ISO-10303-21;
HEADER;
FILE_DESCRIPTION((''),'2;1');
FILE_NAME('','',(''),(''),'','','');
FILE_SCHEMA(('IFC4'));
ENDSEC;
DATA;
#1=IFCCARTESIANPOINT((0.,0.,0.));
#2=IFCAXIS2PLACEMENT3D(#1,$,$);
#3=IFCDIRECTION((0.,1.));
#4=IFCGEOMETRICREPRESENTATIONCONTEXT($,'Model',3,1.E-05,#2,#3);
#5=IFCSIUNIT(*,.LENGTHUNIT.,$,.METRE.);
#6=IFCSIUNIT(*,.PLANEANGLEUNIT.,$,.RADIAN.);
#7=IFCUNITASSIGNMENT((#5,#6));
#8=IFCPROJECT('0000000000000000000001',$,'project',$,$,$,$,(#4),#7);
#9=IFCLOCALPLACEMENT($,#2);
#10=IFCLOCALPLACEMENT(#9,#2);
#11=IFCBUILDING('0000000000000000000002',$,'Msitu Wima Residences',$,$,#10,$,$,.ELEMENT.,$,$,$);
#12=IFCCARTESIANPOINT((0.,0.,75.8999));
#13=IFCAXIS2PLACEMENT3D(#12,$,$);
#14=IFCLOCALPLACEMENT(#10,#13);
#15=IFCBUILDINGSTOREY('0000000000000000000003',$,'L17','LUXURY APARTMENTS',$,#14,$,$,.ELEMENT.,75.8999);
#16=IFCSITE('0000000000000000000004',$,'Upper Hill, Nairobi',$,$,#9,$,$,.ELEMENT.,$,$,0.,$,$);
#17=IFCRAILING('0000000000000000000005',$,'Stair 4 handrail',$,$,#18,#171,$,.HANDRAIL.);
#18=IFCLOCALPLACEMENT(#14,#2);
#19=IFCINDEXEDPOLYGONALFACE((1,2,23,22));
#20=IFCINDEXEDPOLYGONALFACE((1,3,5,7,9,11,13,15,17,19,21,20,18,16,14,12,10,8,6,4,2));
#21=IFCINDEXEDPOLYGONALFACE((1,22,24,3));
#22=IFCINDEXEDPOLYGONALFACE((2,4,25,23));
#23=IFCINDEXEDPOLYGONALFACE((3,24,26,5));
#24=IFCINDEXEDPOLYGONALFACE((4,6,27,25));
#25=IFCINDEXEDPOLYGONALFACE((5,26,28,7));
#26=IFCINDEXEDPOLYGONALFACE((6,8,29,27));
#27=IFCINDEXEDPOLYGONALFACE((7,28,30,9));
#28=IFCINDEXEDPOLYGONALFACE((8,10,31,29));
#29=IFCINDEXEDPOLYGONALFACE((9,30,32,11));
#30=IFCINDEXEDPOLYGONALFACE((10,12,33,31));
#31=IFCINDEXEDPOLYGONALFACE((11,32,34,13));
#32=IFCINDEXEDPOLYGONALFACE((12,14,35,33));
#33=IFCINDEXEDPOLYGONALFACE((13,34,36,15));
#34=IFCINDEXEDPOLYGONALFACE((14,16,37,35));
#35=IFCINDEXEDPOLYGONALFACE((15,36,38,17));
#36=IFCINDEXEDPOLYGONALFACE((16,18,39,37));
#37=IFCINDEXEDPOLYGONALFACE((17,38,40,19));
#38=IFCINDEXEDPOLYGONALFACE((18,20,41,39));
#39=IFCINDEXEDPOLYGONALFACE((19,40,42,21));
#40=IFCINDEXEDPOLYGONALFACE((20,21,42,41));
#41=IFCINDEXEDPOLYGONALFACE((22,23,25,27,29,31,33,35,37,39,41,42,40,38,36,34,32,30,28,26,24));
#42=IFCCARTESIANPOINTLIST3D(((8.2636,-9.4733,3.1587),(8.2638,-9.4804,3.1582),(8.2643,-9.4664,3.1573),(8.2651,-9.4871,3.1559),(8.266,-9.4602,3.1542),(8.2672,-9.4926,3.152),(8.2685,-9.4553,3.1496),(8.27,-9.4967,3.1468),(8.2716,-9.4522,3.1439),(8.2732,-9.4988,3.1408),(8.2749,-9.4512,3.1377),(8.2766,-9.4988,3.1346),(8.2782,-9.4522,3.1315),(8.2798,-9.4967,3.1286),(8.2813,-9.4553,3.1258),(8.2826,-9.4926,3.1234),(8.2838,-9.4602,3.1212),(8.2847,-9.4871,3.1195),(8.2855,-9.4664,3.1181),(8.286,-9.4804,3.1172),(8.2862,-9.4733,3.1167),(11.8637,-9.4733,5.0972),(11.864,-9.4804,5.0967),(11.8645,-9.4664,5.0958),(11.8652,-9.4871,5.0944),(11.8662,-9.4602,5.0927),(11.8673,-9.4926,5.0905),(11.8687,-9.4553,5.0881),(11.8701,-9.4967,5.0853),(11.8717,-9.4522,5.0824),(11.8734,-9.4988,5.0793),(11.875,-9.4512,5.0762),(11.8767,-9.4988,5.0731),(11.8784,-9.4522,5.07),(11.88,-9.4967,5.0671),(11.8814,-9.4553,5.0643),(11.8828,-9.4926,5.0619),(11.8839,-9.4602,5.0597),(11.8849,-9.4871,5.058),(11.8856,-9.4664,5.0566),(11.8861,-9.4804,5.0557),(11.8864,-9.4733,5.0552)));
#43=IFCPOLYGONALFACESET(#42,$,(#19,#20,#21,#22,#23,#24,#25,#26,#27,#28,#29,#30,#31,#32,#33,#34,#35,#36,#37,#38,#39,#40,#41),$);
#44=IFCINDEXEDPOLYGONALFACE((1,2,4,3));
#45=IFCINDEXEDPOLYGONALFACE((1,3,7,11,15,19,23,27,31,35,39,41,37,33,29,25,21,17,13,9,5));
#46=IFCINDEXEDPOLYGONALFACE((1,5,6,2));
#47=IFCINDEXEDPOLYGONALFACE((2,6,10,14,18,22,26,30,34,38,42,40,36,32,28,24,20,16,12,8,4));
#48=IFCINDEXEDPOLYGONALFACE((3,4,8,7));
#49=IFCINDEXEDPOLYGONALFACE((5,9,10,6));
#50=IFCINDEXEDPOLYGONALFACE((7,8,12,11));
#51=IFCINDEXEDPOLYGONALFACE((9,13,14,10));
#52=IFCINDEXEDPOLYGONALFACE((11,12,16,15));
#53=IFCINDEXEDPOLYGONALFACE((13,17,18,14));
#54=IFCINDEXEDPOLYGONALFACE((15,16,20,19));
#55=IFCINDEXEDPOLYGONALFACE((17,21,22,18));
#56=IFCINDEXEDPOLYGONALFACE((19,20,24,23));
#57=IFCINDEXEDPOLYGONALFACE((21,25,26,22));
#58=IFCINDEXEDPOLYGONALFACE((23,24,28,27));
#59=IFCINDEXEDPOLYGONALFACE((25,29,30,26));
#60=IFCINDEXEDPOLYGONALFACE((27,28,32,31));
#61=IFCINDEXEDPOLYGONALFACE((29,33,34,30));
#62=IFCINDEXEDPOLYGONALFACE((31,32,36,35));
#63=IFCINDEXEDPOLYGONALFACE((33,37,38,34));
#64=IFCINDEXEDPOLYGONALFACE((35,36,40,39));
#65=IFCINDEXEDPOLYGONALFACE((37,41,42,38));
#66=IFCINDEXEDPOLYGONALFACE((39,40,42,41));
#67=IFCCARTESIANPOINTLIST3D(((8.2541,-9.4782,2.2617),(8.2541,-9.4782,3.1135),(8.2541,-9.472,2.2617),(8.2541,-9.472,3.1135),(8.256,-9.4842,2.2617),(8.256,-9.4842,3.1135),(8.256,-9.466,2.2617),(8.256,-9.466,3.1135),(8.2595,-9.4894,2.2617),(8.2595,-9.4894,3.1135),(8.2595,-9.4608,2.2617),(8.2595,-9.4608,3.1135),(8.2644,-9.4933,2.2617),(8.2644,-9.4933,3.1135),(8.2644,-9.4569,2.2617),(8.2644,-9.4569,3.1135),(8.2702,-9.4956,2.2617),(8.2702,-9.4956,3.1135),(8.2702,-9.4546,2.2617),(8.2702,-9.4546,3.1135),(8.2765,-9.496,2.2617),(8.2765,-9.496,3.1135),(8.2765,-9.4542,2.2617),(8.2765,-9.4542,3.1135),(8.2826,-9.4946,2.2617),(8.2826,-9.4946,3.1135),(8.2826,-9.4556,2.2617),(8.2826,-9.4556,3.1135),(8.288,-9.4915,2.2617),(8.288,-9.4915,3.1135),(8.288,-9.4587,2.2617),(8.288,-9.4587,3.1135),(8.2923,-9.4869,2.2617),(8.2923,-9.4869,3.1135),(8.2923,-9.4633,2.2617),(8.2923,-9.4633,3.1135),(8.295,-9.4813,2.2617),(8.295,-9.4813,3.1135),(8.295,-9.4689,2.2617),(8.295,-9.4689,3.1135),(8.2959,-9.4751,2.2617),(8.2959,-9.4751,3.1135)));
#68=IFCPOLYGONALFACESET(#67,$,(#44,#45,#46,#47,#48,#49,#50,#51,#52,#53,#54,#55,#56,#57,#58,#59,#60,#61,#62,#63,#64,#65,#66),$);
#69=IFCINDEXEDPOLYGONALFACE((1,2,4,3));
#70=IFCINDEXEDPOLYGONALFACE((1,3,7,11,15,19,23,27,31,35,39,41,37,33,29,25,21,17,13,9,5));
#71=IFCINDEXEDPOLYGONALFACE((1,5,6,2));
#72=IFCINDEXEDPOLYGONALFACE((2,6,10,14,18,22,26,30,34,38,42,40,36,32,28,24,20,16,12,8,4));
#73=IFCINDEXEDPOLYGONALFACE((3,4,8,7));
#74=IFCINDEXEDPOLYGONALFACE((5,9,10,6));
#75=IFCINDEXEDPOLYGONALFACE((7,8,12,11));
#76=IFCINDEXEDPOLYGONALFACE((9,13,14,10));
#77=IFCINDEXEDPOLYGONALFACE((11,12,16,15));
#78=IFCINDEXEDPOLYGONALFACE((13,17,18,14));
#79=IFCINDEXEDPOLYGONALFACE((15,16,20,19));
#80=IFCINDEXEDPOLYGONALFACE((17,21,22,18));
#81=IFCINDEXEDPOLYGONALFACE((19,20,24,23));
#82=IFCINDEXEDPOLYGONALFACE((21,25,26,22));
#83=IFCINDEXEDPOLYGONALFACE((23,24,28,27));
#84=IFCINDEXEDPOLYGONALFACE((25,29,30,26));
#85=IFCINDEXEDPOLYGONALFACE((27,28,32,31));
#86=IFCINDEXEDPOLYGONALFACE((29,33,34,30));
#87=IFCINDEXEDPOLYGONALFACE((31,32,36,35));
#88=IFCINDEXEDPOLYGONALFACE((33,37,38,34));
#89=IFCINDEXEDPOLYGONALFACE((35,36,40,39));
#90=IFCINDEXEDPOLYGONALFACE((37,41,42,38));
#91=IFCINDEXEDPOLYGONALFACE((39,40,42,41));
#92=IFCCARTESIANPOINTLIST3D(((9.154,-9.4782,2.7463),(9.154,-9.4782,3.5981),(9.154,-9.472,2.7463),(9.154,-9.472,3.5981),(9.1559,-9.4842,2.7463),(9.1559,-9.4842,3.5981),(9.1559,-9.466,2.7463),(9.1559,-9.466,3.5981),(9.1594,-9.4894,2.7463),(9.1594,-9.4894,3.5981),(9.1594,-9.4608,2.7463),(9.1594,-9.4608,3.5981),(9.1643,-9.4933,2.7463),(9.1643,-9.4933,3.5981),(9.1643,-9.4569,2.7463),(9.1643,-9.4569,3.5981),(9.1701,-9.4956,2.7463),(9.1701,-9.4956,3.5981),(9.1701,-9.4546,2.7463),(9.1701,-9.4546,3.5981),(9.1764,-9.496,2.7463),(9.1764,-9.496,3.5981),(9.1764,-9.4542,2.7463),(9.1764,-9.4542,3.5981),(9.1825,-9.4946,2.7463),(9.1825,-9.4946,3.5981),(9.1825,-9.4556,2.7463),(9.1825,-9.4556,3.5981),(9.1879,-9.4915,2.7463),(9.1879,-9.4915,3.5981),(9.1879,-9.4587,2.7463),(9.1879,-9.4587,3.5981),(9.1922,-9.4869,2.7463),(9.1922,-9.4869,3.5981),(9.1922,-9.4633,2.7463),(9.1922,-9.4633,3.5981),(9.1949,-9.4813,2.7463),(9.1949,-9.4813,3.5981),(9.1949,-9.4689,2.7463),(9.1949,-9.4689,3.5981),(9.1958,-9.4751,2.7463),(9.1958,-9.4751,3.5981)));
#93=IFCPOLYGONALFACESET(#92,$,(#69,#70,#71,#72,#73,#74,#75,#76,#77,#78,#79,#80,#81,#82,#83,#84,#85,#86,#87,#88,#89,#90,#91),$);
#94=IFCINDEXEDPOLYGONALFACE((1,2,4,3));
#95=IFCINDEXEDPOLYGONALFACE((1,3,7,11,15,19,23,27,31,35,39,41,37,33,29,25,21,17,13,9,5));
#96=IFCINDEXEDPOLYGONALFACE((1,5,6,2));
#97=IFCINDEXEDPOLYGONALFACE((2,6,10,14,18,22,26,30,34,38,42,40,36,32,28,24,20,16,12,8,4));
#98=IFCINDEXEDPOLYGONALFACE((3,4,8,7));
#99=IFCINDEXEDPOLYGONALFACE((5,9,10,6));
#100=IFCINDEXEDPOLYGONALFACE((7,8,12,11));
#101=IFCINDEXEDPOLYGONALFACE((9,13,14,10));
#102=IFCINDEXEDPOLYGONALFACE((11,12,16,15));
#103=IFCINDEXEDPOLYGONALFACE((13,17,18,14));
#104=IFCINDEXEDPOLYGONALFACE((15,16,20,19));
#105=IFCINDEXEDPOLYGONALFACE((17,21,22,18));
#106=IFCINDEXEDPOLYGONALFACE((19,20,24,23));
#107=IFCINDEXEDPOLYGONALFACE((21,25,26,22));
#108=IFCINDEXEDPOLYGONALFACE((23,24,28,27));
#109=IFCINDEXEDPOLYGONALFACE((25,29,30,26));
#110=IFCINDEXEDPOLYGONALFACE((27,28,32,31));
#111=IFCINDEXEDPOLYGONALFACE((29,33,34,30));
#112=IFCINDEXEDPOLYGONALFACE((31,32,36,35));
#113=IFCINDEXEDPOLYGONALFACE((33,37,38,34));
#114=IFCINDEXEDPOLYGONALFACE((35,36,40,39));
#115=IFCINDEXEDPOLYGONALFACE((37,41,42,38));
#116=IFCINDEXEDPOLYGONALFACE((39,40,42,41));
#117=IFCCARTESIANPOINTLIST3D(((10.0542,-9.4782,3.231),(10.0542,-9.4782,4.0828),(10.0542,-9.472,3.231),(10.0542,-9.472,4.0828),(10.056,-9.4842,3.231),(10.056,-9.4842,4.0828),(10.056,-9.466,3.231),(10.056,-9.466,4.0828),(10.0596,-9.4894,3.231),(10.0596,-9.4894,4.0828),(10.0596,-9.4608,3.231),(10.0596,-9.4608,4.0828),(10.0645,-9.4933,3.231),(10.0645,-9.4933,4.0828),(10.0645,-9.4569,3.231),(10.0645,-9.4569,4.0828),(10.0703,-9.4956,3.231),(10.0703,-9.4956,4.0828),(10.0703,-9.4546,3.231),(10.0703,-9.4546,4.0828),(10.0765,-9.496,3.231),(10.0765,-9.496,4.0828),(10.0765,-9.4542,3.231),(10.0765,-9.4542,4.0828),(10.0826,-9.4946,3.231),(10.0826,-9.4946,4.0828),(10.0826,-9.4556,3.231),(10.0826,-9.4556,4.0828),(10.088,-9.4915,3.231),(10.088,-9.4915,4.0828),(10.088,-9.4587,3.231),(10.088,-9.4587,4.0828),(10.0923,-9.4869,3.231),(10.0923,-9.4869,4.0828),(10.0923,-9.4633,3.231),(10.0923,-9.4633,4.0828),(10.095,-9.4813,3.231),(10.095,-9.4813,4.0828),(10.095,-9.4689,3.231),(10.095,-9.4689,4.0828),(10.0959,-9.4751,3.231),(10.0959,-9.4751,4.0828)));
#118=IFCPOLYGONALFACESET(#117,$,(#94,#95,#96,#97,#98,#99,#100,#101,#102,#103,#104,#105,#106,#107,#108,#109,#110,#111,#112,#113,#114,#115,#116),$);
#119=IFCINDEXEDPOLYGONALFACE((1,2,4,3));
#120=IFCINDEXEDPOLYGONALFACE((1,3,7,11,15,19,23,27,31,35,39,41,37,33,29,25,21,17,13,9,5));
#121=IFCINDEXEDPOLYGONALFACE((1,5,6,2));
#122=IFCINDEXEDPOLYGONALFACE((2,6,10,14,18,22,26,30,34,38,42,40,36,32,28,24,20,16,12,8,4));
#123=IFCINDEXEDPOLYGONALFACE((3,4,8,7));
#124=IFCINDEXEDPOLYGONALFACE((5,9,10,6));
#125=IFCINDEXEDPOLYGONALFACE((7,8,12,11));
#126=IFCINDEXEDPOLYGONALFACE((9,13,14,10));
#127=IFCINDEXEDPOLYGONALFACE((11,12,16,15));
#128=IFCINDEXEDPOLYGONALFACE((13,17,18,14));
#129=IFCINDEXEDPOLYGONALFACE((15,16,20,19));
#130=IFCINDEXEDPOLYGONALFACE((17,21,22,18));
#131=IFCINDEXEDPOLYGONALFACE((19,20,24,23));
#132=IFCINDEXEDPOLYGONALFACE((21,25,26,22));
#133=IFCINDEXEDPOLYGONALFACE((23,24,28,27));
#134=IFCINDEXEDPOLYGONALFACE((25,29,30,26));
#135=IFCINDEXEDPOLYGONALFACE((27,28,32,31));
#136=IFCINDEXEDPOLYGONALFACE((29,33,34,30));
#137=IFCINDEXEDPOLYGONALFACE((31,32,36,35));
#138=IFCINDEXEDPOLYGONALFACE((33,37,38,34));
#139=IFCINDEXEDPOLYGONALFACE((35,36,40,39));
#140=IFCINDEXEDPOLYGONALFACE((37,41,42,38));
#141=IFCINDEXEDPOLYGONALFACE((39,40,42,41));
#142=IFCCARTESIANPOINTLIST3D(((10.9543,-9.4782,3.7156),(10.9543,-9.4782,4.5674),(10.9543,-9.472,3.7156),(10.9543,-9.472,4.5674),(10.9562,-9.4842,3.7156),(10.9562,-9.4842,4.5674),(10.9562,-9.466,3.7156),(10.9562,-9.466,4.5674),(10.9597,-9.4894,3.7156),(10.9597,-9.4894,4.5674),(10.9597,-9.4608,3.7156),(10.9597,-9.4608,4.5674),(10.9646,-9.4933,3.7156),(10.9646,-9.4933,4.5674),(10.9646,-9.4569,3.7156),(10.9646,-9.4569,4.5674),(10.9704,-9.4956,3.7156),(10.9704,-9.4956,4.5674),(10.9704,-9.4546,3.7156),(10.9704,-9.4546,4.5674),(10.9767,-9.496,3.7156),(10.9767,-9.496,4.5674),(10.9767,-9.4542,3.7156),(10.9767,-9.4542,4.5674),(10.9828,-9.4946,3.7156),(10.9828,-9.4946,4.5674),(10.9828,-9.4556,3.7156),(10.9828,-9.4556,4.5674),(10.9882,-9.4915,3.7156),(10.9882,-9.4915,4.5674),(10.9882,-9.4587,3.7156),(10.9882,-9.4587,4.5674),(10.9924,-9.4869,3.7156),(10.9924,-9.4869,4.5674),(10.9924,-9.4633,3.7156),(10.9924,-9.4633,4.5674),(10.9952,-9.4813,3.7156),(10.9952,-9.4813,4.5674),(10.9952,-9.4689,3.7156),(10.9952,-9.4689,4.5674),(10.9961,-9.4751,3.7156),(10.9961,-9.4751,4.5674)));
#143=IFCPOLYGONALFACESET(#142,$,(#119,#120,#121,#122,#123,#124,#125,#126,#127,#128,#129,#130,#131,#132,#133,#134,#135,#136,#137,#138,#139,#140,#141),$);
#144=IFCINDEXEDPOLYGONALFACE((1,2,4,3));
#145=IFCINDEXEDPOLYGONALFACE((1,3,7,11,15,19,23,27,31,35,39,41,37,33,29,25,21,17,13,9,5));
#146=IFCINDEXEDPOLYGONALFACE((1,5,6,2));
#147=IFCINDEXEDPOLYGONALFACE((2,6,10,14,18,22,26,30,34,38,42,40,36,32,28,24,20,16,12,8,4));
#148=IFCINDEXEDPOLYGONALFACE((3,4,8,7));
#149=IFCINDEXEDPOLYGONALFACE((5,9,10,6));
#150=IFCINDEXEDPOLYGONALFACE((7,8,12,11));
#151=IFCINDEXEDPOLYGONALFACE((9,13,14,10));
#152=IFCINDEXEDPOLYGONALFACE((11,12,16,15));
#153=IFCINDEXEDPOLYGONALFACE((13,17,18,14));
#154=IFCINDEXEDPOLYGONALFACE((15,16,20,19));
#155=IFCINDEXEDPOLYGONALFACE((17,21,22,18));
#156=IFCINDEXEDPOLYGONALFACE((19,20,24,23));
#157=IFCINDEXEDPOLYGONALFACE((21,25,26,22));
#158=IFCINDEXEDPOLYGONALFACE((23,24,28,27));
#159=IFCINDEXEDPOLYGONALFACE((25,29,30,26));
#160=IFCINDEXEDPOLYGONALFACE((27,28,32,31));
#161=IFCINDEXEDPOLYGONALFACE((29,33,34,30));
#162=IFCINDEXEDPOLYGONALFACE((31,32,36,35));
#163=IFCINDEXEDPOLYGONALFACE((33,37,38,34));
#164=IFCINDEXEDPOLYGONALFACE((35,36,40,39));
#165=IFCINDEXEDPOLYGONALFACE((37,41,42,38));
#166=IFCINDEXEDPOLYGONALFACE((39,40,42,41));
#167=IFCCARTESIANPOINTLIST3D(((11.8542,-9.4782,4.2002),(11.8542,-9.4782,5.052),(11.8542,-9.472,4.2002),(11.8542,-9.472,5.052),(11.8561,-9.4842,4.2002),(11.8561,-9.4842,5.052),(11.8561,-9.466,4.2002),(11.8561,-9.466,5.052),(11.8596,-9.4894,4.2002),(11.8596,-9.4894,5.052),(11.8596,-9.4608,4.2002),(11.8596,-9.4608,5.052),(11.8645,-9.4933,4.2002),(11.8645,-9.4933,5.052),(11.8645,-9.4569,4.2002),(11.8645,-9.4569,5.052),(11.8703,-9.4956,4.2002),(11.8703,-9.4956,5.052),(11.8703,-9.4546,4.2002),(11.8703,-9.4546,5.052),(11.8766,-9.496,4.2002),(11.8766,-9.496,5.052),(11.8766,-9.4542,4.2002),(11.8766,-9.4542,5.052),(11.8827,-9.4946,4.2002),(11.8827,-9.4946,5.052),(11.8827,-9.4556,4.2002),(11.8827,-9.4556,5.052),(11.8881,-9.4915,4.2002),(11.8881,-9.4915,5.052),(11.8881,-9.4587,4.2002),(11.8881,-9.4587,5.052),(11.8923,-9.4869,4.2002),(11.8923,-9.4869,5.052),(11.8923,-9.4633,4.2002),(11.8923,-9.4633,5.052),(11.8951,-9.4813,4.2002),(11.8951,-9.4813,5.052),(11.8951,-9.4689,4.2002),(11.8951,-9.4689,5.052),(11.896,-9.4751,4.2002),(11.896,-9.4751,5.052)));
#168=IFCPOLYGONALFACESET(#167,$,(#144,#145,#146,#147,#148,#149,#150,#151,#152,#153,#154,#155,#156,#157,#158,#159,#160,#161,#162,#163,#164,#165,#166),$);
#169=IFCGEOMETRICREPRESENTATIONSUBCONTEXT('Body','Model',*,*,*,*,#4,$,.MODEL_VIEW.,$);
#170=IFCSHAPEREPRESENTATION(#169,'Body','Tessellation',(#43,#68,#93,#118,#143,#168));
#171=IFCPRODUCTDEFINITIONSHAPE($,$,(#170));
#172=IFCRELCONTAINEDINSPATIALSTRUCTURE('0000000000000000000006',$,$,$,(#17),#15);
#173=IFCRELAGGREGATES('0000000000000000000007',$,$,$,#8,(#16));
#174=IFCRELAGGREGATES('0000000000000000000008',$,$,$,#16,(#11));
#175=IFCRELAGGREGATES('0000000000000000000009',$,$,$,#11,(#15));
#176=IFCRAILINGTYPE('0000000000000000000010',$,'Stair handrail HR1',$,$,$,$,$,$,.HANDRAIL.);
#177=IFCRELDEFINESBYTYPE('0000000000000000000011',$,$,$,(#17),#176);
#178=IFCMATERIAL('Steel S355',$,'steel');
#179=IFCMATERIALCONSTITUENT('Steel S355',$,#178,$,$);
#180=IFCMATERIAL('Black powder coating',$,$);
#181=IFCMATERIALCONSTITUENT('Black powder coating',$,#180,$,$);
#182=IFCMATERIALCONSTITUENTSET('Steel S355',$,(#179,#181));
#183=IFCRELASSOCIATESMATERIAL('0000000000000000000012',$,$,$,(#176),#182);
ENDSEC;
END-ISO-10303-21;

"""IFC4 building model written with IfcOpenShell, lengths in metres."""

from ifc_helpers import new_model, si_unit, direction, frame, origin, origin_2d, place, context, subcontext, project, spatial, circle, extrude, material, constituent, constituent_set, type_object, element, save


model = new_model("IFC4")

# Units and contexts
model_context = context("Model", 3, precision=1e-05, world=origin(), true_north=direction((0.0, 1.0)))
body_context = subcontext(model_context, "Body", "Model", "MODEL_VIEW")
ifc_project = project(units=[si_unit("LENGTHUNIT", "METRE"), si_unit("PLANEANGLEUNIT", "RADIAN")], contexts=[model_context])

# Site, building, storey
site_placement = place(None, origin())
site = spatial("IfcSite", under=ifc_project, at=site_placement, Name="Upper Hill, Nairobi", CompositionType="ELEMENT", RefElevation=0.0)
building_placement = place(site_placement, origin())
building = spatial("IfcBuilding", under=site, at=building_placement, Name="Msitu Wima Residences", CompositionType="ELEMENT")
storey_placement = place(building_placement, frame((0.0, 0.0, 75.8999)))
storey = spatial("IfcBuildingStorey", under=building, at=storey_placement, Name="L17", Description="LUXURY APARTMENTS", CompositionType="ELEMENT", Elevation=75.8999)

# Railing
ifc_material_1 = material(Name="Steel S355", Category="steel")
ifc_constituent_1 = constituent(ifc_material_1, Name="Steel S355")
ifc_material_2 = material(Name="Black powder coating")
ifc_constituent_2 = constituent(ifc_material_2, Name="Black powder coating")
ifc_constituent_set = constituent_set(constituents=[ifc_constituent_1, ifc_constituent_2], Name="Steel S355")
railing_type = type_object("IfcRailingType", Name="Stair handrail HR1", PredefinedType="HANDRAIL", material=ifc_constituent_set)
for number, where, name in (
    (1, (8.2749, -9.4751, 2.2617), "Stair 4 handrail"),
):
    element("IfcRailing", number, at=place(storey_placement, frame(where)), inside=storey, type_object=railing_type, Name=name, PredefinedType="HANDRAIL", context=body_context, shape_type="SweptSolid", body=[
        extrude(circle(Radius=0.0239, at=origin_2d()), frame((0.0, 0.0, 0.876), z_axis=(0.880475, 0.0, 0.474093), x_axis=(0.0, 1.0, 0.0)), (0.0, 0.0, 1.0), 4.0889),
        extrude(circle(Radius=0.021, at=origin_2d()), origin(), (0.0, 0.0, 1.0), 0.8518),
        extrude(circle(Radius=0.021, at=origin_2d()), frame((0.8999, 0.0, 0.4846)), (0.0, 0.0, 1.0), 0.8518),
        extrude(circle(Radius=0.021, at=origin_2d()), frame((1.8, 0.0, 0.9692)), (0.0, 0.0, 1.0), 0.8518),
        extrude(circle(Radius=0.021, at=origin_2d()), frame((2.7002, 0.0, 1.4539)), (0.0, 0.0, 1.0), 0.8518),
        extrude(circle(Radius=0.021, at=origin_2d()), frame((3.6001, 0.0, 1.9385)), (0.0, 0.0, 1.0), 0.8518),
    ])

save(model, "model.ifc")
